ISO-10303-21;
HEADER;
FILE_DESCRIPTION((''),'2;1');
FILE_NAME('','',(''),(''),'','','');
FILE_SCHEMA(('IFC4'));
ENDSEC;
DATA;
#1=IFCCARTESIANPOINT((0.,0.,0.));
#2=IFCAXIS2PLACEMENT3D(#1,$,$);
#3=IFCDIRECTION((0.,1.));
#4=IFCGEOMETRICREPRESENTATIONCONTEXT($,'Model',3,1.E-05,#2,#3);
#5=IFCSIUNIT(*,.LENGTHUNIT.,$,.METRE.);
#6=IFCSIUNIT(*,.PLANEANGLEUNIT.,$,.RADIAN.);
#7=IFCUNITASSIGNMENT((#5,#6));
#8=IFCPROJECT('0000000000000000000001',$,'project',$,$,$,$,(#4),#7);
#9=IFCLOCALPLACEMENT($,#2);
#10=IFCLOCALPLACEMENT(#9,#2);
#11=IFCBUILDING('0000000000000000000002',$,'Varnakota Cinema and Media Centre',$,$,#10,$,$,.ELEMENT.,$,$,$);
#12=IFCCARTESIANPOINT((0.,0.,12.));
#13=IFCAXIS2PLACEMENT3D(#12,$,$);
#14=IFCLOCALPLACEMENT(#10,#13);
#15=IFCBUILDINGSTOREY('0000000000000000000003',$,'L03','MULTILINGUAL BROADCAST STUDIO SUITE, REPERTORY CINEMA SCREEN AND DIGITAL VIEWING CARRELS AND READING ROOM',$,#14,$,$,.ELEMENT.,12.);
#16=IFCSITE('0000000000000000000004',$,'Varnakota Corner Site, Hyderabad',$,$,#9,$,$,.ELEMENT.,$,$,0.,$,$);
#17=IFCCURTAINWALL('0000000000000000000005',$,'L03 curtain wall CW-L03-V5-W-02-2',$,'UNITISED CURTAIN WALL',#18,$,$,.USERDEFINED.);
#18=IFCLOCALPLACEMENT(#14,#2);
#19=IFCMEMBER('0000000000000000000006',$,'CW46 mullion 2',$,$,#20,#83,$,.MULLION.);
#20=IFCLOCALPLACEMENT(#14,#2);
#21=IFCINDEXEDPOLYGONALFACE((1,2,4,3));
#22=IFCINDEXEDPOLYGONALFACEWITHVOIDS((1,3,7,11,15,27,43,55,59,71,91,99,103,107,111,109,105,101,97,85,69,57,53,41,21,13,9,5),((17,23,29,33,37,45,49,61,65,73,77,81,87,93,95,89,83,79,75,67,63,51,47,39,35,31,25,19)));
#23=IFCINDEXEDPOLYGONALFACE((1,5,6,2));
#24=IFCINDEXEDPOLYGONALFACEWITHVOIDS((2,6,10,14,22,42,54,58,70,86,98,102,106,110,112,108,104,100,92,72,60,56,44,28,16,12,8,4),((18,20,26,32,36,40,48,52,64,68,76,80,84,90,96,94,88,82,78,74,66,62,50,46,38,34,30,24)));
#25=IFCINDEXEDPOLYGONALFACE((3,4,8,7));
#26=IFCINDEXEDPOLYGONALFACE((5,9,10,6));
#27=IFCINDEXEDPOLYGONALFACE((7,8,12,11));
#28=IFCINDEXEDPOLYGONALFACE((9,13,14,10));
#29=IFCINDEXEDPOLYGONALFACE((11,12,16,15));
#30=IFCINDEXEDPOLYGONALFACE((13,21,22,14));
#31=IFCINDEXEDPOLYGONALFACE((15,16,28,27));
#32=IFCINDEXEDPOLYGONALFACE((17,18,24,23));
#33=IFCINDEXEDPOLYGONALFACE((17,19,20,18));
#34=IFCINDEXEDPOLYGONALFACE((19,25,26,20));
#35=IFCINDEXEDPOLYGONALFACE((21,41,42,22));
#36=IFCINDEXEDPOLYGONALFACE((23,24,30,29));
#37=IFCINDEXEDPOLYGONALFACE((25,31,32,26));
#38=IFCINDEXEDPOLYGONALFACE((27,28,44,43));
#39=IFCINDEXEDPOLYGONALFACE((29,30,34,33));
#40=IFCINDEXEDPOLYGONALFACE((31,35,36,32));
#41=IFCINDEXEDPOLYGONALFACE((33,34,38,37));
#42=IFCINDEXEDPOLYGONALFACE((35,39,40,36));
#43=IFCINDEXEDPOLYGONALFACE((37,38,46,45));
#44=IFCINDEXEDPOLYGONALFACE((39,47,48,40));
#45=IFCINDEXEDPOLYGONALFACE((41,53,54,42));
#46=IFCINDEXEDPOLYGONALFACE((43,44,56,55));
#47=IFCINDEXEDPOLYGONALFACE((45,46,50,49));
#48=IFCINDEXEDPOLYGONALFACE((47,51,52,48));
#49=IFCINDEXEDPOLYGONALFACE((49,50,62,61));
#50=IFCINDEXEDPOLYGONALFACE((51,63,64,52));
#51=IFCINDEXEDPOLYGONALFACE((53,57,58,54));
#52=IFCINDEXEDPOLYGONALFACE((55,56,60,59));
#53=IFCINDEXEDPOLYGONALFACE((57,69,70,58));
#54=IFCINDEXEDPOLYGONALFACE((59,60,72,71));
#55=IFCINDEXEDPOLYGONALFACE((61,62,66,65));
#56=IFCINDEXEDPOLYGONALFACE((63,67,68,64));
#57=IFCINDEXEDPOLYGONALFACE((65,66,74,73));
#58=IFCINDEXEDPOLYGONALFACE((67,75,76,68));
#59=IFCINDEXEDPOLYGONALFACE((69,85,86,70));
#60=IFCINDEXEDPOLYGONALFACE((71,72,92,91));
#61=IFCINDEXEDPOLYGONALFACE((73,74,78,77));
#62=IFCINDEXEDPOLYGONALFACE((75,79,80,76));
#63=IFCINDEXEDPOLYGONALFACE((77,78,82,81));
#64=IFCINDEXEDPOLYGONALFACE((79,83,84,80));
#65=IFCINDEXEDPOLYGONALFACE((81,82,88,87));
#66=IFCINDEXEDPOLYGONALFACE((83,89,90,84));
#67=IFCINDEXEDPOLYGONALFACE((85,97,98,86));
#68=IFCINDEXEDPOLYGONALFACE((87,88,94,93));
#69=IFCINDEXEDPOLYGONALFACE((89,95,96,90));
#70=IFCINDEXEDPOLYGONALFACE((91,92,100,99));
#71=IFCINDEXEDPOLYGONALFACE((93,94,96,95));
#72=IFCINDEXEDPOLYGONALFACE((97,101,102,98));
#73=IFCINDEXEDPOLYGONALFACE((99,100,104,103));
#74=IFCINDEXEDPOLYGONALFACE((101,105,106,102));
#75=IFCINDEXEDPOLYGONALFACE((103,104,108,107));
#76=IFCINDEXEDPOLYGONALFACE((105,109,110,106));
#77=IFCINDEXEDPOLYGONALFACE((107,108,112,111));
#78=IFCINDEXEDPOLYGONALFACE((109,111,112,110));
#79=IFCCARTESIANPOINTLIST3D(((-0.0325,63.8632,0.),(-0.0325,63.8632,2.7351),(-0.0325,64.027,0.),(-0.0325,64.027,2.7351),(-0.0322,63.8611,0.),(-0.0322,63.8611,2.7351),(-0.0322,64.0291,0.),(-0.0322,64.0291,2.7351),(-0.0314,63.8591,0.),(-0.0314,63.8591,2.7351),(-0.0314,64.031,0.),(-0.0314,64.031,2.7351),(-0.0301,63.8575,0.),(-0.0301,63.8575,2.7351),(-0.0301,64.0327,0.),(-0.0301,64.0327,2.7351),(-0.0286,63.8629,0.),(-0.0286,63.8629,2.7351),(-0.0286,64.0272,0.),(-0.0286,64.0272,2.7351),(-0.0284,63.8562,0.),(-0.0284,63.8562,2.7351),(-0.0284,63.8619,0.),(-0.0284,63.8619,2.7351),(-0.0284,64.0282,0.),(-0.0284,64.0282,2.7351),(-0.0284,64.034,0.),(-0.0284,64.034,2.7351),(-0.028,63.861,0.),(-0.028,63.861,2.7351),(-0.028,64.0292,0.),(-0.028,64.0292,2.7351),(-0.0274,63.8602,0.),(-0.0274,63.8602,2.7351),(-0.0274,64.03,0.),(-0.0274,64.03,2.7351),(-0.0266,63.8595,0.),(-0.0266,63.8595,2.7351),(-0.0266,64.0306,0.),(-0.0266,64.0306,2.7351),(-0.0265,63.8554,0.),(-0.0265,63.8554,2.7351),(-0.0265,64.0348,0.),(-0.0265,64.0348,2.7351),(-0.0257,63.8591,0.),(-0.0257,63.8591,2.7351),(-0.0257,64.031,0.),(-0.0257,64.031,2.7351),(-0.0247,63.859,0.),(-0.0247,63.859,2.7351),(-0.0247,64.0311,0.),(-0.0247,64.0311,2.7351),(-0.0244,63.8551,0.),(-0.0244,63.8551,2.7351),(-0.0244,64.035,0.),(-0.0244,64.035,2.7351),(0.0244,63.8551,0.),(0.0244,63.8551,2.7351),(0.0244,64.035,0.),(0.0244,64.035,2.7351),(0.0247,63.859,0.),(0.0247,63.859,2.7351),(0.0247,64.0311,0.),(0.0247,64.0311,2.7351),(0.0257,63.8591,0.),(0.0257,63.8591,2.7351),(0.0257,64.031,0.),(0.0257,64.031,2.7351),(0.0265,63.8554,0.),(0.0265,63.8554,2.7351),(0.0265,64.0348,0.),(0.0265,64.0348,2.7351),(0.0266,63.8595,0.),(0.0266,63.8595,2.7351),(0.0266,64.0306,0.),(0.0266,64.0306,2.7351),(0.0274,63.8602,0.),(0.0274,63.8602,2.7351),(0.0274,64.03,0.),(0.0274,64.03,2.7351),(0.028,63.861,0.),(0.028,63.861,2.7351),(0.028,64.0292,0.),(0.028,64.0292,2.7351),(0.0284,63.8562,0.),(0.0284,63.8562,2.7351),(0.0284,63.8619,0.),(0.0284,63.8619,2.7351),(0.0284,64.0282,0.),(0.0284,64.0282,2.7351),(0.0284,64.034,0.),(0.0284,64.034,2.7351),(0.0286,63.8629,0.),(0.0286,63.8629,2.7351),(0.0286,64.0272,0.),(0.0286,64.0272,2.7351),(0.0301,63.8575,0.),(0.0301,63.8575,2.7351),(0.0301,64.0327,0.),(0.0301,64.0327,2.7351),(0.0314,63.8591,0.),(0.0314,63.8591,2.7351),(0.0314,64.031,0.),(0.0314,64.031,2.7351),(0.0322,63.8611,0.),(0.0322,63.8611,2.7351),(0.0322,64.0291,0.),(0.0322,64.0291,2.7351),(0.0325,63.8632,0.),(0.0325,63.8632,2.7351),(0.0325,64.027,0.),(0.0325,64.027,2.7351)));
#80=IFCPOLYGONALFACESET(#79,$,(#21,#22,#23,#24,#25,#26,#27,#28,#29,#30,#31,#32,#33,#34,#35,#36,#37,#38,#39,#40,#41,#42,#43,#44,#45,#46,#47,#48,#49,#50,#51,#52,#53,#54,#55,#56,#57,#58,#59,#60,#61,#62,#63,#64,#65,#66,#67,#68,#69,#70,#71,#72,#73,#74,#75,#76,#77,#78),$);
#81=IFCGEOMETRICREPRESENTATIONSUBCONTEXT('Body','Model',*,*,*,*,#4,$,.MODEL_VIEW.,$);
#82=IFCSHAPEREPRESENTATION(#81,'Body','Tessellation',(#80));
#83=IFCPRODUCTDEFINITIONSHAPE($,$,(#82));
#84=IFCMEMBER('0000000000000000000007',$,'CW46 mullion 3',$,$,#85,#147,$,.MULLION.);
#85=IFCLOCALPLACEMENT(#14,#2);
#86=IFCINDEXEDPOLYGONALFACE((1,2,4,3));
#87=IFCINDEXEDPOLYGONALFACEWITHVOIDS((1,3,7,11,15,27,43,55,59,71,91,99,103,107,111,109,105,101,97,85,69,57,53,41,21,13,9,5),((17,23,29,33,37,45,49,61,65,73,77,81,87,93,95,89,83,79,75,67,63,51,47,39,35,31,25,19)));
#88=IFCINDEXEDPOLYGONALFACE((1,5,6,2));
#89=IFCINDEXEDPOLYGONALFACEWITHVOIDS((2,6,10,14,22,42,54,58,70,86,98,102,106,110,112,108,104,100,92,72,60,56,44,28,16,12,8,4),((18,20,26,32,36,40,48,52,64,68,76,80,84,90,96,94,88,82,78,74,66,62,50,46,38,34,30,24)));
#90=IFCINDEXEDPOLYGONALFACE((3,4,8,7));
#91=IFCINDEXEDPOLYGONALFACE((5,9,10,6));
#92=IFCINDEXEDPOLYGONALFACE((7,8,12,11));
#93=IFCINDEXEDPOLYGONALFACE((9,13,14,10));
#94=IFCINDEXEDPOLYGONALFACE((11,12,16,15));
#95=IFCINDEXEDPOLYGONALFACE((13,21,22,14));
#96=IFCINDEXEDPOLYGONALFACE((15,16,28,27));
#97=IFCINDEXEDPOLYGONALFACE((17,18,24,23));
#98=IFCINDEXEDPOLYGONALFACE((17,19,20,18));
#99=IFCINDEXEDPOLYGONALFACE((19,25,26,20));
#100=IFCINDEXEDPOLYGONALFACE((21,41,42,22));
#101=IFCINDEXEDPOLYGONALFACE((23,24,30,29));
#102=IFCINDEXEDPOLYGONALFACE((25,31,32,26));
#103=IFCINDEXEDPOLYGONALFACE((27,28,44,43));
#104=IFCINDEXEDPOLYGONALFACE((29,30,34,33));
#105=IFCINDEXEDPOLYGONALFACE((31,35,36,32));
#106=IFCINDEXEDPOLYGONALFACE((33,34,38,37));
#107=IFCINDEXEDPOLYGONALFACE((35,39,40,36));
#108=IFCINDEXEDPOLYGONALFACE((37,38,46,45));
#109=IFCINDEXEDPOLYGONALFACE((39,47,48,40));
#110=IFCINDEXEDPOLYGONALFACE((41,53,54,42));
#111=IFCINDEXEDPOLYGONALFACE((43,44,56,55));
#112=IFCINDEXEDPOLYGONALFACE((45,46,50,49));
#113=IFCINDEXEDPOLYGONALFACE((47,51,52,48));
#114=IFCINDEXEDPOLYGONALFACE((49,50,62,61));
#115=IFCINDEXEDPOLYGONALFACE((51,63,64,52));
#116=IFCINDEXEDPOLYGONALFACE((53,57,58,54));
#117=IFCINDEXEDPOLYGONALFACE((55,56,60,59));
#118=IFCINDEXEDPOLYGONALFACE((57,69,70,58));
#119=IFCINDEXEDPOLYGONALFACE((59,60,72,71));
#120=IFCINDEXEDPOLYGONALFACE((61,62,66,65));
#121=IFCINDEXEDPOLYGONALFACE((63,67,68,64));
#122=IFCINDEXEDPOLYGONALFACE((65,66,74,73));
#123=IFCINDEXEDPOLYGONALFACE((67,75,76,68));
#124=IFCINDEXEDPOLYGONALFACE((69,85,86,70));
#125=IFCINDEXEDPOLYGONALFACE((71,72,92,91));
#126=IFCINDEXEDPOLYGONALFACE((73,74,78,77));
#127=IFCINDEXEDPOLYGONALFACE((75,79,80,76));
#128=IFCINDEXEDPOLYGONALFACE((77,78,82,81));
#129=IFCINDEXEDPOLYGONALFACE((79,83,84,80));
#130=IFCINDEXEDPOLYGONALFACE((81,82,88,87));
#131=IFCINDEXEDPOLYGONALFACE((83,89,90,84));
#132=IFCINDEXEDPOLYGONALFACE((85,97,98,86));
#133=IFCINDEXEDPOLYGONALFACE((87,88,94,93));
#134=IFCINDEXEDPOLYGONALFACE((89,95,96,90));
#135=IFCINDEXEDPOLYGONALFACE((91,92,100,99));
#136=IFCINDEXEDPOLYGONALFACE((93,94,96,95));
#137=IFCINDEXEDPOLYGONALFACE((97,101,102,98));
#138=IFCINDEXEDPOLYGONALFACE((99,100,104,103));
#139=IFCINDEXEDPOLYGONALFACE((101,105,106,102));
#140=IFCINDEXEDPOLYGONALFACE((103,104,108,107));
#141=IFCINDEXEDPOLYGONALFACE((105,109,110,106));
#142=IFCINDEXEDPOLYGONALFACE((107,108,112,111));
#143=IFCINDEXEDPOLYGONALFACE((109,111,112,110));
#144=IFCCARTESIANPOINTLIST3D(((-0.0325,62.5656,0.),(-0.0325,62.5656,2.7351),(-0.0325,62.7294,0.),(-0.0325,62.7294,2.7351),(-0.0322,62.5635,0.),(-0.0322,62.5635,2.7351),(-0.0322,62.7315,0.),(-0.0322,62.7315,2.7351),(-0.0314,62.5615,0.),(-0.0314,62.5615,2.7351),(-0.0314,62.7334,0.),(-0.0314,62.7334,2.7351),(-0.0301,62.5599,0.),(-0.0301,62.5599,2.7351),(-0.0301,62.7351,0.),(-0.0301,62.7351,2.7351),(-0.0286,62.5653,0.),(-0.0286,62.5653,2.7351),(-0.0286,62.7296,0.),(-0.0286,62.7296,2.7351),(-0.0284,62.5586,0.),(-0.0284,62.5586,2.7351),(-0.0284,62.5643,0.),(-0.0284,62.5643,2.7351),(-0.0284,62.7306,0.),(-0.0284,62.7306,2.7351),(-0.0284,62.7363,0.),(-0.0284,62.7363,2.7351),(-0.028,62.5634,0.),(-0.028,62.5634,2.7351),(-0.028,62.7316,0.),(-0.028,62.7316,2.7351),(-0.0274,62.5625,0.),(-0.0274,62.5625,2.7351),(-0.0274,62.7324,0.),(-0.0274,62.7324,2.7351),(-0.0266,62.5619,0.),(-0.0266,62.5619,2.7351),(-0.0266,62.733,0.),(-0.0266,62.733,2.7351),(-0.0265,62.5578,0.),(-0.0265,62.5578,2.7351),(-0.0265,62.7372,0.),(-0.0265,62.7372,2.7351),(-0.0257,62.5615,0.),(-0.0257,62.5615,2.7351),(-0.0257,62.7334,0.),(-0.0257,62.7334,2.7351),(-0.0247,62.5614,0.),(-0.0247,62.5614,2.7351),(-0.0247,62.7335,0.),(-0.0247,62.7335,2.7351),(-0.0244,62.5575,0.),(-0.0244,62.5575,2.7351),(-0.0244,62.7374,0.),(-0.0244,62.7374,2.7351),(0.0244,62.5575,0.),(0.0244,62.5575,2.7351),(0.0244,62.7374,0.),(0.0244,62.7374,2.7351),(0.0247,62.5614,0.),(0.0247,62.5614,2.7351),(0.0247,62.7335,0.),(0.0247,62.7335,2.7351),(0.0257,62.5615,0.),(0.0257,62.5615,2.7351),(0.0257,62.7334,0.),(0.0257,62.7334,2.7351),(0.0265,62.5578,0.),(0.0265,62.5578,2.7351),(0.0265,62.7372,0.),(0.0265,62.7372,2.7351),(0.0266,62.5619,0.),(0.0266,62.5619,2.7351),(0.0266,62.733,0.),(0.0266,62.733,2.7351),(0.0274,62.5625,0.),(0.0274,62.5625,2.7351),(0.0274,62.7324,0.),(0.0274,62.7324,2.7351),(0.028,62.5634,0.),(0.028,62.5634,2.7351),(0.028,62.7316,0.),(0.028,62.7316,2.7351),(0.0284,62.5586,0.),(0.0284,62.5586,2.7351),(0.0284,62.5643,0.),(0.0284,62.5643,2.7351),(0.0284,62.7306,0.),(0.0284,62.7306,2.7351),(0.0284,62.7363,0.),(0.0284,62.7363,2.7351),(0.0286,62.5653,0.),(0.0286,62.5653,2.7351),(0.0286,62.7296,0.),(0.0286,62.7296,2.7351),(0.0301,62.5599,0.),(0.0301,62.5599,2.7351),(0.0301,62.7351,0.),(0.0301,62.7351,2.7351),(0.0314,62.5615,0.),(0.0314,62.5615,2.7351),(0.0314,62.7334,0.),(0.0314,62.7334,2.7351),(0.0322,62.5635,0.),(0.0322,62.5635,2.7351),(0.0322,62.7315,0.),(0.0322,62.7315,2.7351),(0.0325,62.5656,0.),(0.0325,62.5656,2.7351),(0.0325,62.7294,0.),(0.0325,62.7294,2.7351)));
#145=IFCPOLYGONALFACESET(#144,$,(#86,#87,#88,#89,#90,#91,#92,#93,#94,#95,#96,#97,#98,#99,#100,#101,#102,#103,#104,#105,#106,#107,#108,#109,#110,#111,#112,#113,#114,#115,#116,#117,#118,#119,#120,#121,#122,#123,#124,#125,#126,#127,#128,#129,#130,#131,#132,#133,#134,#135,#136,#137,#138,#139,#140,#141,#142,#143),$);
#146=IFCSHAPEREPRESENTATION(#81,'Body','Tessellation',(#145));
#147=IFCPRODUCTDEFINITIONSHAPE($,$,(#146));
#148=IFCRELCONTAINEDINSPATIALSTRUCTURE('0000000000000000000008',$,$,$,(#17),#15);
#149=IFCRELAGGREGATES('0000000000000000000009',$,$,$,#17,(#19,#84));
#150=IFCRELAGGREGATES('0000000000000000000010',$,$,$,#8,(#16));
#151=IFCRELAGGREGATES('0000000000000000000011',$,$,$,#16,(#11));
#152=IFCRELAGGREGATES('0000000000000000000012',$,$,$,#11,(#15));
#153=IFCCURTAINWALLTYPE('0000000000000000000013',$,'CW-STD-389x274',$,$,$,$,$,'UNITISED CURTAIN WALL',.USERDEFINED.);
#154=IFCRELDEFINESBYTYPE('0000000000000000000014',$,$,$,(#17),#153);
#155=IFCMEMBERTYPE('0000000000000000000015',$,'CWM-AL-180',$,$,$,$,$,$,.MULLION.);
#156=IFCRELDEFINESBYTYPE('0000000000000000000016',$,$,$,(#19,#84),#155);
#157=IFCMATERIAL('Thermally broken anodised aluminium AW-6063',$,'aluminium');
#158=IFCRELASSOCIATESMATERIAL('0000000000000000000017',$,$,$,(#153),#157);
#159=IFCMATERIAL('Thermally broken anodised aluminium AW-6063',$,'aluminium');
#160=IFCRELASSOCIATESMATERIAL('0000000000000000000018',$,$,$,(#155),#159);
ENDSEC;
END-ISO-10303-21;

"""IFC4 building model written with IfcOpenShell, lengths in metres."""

from ifc_helpers import new_model, si_unit, direction, frame, origin, origin_2d, place, context, subcontext, project, spatial, hollow_rectangle, extrude, material, material_profile, profile_set, type_object, element, aggregate, save


model = new_model("IFC4")

# Units and contexts
model_context = context("Model", 3, precision=1e-05, world=origin(), true_north=direction((0.0, 1.0)))
body_context = subcontext(model_context, "Body", "Model", "MODEL_VIEW")
ifc_project = project(units=[si_unit("LENGTHUNIT", "METRE"), si_unit("PLANEANGLEUNIT", "RADIAN")], contexts=[model_context])

# Site, building, storey
site_placement = place(None, origin())
site = spatial("IfcSite", under=ifc_project, at=site_placement, Name="Varnakota Corner Site, Hyderabad", CompositionType="ELEMENT", RefElevation=0.0)
building_placement = place(site_placement, origin())
building = spatial("IfcBuilding", under=site, at=building_placement, Name="Varnakota Cinema and Media Centre", CompositionType="ELEMENT")
storey_placement = place(building_placement, frame((0.0, 0.0, 12.0)))
storey = spatial("IfcBuildingStorey", under=building, at=storey_placement, Name="L03", Description="MULTILINGUAL BROADCAST STUDIO SUITE, REPERTORY CINEMA SCREEN AND DIGITAL VIEWING CARRELS AND READING ROOM", CompositionType="ELEMENT", Elevation=12.0)

# Shared definitions
ifc_material_1 = material(Name="Thermally broken anodised aluminium AW-6063", Category="aluminium")
curtain_wall_type = type_object("IfcCurtainWallType", Name="CW-STD-389x274", ElementType="UNITISED CURTAIN WALL", PredefinedType="USERDEFINED", material=ifc_material_1)
ifc_material_2 = material(Name="Thermally broken anodised aluminium AW-6063", Category="aluminium")
ifc_material_profile_1 = material_profile(ifc_material_2, hollow_rectangle(XDim=0.0649, YDim=0.1799, WallThickness=0.0039, InnerFilletRadius=0.0039, OuterFilletRadius=0.0081, at=origin_2d()), Name="AL-MULLION 180x65x4")
ifc_profile_set_1 = profile_set([ifc_material_profile_1], Name="Thermally broken anodised aluminium AW-6063")
member_type_1 = type_object("IfcMemberType", Name="CWM-AL-180", PredefinedType="MULLION", material=ifc_profile_set_1)

# Curtain wall, members
curtain_wall_1_placement = place(storey_placement, origin())
curtain_wall_1 = element("IfcCurtainWall", 1, at=curtain_wall_1_placement, inside=storey, type_object=curtain_wall_type, Name="L03 curtain wall CW-L03-V5-W-02-2", ObjectType="UNITISED CURTAIN WALL", PredefinedType="USERDEFINED")
member_1_placement = place(storey_placement, frame((0.0, 63.9451, 0.0), z_axis=(0.0, 0.0, 1.0), x_axis=(1.0, 0.0, 0.0)))
member_1 = element("IfcMember", 2, at=member_1_placement, type_object=member_type_1, Name="CW46 mullion 2", PredefinedType="MULLION", context=body_context, shape_type="SweptSolid", body=[
    extrude(hollow_rectangle(XDim=0.0649, YDim=0.1799, WallThickness=0.0039, InnerFilletRadius=0.0039, OuterFilletRadius=0.0081, at=origin_2d()), origin(), (0.0, 0.0, 1.0), 2.7351),
])
member_2_placement = place(storey_placement, frame((0.0, 62.6475, 0.0), z_axis=(0.0, 0.0, 1.0), x_axis=(1.0, 0.0, 0.0)))
member_2 = element("IfcMember", 3, at=member_2_placement, type_object=member_type_1, Name="CW46 mullion 3", PredefinedType="MULLION", context=body_context, shape_type="SweptSolid", body=[
    extrude(hollow_rectangle(XDim=0.0649, YDim=0.1799, WallThickness=0.0039, InnerFilletRadius=0.0039, OuterFilletRadius=0.0081, at=origin_2d()), origin(), (0.0, 0.0, 1.0), 2.7351),
])

aggregate(curtain_wall_1, [member_1, member_2])

save(model, "model.ifc")
